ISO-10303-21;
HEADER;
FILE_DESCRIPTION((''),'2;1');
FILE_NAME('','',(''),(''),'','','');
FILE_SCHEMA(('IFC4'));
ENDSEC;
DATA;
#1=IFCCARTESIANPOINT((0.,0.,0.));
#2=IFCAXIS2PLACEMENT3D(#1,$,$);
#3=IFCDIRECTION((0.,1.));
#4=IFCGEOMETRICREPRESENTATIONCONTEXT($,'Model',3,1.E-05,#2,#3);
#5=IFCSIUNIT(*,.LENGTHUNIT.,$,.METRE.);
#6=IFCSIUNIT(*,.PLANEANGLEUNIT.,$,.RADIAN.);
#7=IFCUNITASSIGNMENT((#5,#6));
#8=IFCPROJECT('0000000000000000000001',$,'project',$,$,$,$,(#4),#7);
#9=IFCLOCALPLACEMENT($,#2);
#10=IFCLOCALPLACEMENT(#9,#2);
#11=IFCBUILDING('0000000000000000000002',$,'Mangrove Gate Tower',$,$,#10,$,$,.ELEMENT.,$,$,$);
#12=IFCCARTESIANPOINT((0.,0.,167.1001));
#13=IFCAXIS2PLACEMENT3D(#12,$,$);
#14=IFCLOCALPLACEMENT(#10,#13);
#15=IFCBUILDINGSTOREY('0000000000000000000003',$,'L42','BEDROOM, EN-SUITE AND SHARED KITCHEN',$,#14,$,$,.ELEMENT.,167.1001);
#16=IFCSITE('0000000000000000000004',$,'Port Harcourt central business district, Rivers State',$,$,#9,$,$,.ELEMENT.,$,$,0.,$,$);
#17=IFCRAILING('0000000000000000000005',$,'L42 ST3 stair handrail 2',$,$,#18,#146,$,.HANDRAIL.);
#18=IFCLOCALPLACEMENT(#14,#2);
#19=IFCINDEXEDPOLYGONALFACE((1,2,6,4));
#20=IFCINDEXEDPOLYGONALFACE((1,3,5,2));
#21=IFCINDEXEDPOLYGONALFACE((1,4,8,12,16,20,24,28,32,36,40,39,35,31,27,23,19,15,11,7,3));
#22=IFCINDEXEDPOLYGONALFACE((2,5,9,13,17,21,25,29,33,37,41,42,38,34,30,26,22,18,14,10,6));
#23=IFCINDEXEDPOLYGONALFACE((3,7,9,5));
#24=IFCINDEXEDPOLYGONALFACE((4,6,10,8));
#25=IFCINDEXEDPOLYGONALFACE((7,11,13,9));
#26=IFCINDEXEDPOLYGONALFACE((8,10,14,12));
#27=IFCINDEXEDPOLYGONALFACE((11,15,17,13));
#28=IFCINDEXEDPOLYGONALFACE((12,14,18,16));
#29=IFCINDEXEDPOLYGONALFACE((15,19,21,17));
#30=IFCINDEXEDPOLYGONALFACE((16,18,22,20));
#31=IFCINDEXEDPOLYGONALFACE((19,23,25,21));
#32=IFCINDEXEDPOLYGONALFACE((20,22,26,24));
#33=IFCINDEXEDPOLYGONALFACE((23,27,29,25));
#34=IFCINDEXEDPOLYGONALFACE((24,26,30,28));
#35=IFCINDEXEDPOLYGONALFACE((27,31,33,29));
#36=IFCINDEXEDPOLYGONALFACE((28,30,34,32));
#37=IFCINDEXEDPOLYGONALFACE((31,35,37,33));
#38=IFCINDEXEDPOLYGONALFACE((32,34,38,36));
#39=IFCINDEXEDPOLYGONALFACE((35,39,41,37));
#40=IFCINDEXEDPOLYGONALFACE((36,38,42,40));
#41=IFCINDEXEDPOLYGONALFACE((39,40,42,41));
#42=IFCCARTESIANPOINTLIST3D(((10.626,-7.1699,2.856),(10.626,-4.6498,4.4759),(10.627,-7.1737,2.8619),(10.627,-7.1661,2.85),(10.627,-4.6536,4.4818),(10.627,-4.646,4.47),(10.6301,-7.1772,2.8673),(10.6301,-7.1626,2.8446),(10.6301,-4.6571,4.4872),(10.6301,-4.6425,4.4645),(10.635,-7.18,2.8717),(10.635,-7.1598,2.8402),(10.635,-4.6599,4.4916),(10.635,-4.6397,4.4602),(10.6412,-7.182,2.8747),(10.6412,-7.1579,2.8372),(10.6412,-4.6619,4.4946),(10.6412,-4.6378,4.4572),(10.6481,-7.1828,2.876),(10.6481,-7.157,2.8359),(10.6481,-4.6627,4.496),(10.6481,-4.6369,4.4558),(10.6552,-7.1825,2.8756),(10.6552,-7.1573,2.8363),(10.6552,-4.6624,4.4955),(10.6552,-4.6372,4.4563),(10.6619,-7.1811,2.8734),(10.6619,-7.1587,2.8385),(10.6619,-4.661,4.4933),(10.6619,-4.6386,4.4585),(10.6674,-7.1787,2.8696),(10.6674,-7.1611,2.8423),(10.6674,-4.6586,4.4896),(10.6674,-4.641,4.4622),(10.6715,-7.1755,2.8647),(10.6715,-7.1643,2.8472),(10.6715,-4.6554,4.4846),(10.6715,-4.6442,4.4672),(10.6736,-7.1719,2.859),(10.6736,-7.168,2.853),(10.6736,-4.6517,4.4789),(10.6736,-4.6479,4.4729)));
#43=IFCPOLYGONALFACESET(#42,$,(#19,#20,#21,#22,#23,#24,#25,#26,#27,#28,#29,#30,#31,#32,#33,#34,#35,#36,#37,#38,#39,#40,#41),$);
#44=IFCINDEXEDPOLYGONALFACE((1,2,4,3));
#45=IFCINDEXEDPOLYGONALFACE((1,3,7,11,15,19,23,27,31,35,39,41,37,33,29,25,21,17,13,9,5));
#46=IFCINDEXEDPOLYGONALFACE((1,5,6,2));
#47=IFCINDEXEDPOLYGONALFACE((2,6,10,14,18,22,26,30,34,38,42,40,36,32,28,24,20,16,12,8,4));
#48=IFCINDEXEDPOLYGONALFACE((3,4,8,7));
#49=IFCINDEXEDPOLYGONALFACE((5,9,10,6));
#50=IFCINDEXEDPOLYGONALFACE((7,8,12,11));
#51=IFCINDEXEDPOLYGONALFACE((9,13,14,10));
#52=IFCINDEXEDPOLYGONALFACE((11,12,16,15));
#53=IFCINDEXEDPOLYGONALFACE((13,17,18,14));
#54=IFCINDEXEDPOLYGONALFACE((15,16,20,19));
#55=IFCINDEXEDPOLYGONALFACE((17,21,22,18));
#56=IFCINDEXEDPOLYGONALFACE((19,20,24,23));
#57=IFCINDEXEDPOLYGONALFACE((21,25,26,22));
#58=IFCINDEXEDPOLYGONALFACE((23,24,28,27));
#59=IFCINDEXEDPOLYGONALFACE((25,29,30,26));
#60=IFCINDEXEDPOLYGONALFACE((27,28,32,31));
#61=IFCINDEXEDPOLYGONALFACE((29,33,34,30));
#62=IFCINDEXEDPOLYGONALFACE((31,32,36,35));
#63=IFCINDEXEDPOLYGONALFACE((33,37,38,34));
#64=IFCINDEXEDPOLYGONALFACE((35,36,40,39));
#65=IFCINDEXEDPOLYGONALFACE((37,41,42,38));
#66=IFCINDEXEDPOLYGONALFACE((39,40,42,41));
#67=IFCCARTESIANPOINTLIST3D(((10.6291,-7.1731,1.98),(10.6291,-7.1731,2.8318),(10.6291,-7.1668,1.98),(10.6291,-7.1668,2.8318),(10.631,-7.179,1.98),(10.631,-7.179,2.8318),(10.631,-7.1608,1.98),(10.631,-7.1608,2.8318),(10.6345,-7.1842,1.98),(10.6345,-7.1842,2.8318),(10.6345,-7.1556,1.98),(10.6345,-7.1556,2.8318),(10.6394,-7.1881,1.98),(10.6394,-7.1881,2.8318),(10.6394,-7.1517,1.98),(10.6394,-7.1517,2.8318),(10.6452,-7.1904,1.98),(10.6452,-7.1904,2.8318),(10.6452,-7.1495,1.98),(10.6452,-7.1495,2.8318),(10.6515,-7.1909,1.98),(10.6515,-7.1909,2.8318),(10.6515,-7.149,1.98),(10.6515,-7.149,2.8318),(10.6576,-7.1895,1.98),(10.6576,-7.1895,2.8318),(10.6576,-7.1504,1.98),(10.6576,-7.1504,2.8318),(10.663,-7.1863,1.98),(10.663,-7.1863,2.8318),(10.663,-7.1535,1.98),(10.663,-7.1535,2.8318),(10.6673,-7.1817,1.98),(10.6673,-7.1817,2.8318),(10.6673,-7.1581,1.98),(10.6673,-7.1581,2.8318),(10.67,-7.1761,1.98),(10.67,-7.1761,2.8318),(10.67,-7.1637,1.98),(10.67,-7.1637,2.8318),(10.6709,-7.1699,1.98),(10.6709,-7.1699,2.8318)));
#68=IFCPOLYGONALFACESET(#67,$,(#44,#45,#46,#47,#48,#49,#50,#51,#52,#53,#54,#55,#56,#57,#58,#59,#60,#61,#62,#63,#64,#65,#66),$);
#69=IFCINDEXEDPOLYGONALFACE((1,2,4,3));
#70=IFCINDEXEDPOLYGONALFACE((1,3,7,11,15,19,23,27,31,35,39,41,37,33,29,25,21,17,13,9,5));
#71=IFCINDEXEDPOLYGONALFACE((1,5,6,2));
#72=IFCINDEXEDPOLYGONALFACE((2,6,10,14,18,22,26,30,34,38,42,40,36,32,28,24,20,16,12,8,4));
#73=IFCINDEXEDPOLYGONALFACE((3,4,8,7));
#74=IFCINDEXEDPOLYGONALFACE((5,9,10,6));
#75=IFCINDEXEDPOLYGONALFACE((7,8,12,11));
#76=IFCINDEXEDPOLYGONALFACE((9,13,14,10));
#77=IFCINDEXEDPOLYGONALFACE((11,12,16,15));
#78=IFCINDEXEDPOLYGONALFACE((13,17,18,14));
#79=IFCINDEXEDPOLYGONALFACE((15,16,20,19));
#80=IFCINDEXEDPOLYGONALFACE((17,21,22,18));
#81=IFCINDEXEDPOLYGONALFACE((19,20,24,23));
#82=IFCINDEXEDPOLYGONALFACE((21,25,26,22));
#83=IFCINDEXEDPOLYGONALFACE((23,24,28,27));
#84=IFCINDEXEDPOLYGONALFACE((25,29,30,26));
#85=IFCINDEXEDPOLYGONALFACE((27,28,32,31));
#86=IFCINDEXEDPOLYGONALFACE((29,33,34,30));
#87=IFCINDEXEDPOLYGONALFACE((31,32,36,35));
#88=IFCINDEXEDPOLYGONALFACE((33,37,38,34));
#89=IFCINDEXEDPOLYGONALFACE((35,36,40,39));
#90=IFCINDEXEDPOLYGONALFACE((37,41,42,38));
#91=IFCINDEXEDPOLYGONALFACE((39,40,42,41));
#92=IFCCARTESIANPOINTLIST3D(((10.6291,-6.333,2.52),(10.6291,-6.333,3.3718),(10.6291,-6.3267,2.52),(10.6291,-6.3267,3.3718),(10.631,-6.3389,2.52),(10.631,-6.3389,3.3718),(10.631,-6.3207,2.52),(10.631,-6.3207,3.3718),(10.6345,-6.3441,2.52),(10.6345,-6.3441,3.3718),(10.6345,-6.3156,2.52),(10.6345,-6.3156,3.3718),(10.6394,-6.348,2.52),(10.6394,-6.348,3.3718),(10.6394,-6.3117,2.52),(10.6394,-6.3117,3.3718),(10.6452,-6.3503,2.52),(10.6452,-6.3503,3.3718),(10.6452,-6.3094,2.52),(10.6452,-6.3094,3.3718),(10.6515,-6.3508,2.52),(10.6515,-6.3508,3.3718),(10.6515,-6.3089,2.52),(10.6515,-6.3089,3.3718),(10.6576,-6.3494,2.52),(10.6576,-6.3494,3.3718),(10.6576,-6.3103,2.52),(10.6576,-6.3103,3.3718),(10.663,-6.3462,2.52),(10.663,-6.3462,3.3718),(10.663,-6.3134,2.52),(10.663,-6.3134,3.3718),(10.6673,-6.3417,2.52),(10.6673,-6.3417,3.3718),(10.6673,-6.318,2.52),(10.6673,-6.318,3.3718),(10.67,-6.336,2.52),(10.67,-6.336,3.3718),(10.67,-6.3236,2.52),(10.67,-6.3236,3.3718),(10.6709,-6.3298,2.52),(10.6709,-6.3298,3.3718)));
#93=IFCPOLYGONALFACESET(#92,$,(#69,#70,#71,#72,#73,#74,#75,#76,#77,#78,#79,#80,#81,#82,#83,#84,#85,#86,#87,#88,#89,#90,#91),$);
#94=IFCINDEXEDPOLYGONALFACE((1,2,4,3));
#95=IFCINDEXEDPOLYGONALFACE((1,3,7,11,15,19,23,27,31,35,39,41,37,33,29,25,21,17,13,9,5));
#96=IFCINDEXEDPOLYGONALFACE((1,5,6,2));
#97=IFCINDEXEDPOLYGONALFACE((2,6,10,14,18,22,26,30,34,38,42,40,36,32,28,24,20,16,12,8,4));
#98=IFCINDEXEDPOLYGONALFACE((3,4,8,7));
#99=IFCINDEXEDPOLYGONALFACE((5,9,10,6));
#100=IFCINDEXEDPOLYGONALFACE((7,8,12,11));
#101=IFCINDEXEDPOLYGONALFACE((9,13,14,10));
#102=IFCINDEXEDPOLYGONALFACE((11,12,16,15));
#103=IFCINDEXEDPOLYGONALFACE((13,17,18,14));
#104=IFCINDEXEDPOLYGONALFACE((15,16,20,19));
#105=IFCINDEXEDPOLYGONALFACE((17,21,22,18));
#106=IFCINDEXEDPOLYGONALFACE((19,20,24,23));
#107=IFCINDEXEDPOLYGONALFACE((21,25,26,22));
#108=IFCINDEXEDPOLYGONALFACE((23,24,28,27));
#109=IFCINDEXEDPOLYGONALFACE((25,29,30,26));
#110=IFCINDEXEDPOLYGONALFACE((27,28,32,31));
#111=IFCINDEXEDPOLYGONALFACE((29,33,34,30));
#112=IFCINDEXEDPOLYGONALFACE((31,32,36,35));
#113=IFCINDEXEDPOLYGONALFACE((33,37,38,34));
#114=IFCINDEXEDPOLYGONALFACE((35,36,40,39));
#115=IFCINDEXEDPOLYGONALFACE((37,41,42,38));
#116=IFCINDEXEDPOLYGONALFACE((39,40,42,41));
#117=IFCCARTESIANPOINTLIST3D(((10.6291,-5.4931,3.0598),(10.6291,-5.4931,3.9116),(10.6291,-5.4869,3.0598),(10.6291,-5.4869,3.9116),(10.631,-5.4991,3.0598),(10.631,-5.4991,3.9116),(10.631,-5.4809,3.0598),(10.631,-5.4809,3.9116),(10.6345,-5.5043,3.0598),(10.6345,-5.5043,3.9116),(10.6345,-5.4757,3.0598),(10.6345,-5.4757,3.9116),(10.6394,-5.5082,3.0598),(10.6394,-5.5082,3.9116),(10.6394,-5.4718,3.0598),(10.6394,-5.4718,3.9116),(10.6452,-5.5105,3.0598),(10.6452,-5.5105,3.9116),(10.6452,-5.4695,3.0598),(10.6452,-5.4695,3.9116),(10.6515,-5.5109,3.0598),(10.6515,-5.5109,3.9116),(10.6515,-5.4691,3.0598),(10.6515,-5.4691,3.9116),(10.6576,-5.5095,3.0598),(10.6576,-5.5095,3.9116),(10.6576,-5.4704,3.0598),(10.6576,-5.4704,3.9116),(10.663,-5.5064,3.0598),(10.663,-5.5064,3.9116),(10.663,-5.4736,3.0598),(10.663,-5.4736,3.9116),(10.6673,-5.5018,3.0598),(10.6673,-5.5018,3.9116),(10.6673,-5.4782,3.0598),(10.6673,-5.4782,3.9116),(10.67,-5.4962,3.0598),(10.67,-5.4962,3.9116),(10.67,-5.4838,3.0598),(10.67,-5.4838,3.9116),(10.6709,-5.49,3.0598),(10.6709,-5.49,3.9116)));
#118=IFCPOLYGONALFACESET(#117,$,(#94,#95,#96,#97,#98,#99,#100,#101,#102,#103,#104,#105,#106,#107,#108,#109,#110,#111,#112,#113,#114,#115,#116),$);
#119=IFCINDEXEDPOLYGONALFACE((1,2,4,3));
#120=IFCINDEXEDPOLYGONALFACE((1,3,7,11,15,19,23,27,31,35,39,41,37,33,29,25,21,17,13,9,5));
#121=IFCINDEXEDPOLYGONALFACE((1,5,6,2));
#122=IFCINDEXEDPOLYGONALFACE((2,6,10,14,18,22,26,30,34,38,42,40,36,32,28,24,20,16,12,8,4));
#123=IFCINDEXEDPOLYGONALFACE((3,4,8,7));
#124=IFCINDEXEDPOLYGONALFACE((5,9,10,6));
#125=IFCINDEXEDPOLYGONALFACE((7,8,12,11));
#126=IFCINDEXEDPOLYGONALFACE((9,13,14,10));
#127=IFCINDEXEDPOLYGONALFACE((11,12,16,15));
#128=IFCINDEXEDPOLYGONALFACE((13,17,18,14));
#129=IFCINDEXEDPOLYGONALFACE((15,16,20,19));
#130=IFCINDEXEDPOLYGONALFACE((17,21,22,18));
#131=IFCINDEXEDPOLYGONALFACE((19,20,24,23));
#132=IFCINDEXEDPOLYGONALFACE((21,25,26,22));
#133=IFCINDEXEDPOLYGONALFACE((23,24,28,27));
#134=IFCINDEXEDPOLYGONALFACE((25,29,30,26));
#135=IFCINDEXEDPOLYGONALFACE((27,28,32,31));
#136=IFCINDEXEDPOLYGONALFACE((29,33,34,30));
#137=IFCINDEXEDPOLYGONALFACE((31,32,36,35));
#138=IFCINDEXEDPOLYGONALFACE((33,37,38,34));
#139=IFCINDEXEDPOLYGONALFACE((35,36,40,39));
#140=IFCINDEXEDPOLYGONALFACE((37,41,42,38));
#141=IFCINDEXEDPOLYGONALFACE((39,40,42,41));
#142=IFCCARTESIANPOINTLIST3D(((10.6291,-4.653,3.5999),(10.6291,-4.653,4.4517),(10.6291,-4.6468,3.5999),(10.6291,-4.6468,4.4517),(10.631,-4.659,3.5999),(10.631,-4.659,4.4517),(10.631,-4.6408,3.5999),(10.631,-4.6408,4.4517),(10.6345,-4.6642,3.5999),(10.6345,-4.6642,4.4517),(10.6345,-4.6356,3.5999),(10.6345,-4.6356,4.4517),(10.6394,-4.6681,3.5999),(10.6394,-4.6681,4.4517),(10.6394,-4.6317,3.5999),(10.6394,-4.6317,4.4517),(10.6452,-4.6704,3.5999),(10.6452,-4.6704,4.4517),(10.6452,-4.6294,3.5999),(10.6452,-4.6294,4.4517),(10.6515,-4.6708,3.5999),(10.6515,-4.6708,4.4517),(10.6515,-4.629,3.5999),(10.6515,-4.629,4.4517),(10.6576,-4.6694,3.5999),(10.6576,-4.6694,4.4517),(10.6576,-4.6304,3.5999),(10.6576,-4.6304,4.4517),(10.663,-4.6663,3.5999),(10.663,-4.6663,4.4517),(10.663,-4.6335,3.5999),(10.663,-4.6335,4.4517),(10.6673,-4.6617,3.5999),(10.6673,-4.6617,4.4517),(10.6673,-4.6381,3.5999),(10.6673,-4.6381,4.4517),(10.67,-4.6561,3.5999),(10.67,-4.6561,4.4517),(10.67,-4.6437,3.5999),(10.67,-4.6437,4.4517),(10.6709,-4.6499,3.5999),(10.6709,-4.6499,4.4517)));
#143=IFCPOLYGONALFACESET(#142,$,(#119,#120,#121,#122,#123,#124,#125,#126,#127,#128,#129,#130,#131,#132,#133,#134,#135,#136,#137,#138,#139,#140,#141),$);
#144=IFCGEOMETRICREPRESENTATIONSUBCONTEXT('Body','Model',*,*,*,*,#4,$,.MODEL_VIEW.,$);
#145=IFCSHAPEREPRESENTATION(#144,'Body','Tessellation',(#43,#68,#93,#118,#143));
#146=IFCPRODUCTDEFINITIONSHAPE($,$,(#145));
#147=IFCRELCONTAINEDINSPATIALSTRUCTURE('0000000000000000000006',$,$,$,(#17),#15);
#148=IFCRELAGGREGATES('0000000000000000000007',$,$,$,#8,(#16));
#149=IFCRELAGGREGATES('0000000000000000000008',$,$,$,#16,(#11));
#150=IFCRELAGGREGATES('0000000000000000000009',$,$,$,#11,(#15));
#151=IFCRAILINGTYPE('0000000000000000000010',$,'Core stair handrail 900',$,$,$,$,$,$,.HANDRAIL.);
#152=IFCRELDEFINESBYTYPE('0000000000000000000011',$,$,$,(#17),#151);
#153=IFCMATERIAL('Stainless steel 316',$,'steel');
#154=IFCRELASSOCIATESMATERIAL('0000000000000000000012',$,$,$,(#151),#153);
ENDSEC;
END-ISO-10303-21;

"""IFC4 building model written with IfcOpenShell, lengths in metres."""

from ifc_helpers import new_model, si_unit, direction, frame, origin, origin_2d, place, context, subcontext, project, spatial, circle, extrude, material, type_object, element, save


model = new_model("IFC4")

# Units and contexts
model_context = context("Model", 3, precision=1e-05, world=origin(), true_north=direction((0.0, 1.0)))
body_context = subcontext(model_context, "Body", "Model", "MODEL_VIEW")
ifc_project = project(units=[si_unit("LENGTHUNIT", "METRE"), si_unit("PLANEANGLEUNIT", "RADIAN")], contexts=[model_context])

# Site, building, storey
site_placement = place(None, origin())
site = spatial("IfcSite", under=ifc_project, at=site_placement, Name="Port Harcourt central business district, Rivers State", CompositionType="ELEMENT", RefElevation=0.0)
building_placement = place(site_placement, origin())
building = spatial("IfcBuilding", under=site, at=building_placement, Name="Mangrove Gate Tower", CompositionType="ELEMENT")
storey_placement = place(building_placement, frame((0.0, 0.0, 167.1001)))
storey = spatial("IfcBuildingStorey", under=building, at=storey_placement, Name="L42", Description="BEDROOM, EN-SUITE AND SHARED KITCHEN", CompositionType="ELEMENT", Elevation=167.1001)

# Railing
ifc_material_1 = material(Name="Stainless steel 316", Category="steel")
railing_type_1 = type_object("IfcRailingType", Name="Core stair handrail 900", PredefinedType="HANDRAIL", material=ifc_material_1)
railing_1_placement = place(storey_placement, frame((10.6499, -7.1699, 1.98)))
element("IfcRailing", 1, at=railing_1_placement, inside=storey, type_object=railing_type_1, Name="L42 ST3 stair handrail 2", PredefinedType="HANDRAIL", context=body_context, shape_type="SweptSolid", body=[
    extrude(circle(Radius=0.0239, at=origin_2d()), frame((0.0, 0.0, 0.876), z_axis=(0.0, 0.8412, 0.540725), x_axis=(-1.0, 0.0, 0.0)), (0.0, 0.0, 1.0), 2.9958),
    extrude(circle(Radius=0.021, at=origin_2d()), origin(), (0.0, 0.0, 1.0), 0.8518),
    extrude(circle(Radius=0.021, at=origin_2d()), frame((0.0, 0.8401, 0.54)), (0.0, 0.0, 1.0), 0.8518),
    extrude(circle(Radius=0.021, at=origin_2d()), frame((0.0, 1.6799, 1.0798)), (0.0, 0.0, 1.0), 0.8518),
    extrude(circle(Radius=0.021, at=origin_2d()), frame((0.0, 2.52, 1.6199)), (0.0, 0.0, 1.0), 0.8518),
])

save(model, "model.ifc")
